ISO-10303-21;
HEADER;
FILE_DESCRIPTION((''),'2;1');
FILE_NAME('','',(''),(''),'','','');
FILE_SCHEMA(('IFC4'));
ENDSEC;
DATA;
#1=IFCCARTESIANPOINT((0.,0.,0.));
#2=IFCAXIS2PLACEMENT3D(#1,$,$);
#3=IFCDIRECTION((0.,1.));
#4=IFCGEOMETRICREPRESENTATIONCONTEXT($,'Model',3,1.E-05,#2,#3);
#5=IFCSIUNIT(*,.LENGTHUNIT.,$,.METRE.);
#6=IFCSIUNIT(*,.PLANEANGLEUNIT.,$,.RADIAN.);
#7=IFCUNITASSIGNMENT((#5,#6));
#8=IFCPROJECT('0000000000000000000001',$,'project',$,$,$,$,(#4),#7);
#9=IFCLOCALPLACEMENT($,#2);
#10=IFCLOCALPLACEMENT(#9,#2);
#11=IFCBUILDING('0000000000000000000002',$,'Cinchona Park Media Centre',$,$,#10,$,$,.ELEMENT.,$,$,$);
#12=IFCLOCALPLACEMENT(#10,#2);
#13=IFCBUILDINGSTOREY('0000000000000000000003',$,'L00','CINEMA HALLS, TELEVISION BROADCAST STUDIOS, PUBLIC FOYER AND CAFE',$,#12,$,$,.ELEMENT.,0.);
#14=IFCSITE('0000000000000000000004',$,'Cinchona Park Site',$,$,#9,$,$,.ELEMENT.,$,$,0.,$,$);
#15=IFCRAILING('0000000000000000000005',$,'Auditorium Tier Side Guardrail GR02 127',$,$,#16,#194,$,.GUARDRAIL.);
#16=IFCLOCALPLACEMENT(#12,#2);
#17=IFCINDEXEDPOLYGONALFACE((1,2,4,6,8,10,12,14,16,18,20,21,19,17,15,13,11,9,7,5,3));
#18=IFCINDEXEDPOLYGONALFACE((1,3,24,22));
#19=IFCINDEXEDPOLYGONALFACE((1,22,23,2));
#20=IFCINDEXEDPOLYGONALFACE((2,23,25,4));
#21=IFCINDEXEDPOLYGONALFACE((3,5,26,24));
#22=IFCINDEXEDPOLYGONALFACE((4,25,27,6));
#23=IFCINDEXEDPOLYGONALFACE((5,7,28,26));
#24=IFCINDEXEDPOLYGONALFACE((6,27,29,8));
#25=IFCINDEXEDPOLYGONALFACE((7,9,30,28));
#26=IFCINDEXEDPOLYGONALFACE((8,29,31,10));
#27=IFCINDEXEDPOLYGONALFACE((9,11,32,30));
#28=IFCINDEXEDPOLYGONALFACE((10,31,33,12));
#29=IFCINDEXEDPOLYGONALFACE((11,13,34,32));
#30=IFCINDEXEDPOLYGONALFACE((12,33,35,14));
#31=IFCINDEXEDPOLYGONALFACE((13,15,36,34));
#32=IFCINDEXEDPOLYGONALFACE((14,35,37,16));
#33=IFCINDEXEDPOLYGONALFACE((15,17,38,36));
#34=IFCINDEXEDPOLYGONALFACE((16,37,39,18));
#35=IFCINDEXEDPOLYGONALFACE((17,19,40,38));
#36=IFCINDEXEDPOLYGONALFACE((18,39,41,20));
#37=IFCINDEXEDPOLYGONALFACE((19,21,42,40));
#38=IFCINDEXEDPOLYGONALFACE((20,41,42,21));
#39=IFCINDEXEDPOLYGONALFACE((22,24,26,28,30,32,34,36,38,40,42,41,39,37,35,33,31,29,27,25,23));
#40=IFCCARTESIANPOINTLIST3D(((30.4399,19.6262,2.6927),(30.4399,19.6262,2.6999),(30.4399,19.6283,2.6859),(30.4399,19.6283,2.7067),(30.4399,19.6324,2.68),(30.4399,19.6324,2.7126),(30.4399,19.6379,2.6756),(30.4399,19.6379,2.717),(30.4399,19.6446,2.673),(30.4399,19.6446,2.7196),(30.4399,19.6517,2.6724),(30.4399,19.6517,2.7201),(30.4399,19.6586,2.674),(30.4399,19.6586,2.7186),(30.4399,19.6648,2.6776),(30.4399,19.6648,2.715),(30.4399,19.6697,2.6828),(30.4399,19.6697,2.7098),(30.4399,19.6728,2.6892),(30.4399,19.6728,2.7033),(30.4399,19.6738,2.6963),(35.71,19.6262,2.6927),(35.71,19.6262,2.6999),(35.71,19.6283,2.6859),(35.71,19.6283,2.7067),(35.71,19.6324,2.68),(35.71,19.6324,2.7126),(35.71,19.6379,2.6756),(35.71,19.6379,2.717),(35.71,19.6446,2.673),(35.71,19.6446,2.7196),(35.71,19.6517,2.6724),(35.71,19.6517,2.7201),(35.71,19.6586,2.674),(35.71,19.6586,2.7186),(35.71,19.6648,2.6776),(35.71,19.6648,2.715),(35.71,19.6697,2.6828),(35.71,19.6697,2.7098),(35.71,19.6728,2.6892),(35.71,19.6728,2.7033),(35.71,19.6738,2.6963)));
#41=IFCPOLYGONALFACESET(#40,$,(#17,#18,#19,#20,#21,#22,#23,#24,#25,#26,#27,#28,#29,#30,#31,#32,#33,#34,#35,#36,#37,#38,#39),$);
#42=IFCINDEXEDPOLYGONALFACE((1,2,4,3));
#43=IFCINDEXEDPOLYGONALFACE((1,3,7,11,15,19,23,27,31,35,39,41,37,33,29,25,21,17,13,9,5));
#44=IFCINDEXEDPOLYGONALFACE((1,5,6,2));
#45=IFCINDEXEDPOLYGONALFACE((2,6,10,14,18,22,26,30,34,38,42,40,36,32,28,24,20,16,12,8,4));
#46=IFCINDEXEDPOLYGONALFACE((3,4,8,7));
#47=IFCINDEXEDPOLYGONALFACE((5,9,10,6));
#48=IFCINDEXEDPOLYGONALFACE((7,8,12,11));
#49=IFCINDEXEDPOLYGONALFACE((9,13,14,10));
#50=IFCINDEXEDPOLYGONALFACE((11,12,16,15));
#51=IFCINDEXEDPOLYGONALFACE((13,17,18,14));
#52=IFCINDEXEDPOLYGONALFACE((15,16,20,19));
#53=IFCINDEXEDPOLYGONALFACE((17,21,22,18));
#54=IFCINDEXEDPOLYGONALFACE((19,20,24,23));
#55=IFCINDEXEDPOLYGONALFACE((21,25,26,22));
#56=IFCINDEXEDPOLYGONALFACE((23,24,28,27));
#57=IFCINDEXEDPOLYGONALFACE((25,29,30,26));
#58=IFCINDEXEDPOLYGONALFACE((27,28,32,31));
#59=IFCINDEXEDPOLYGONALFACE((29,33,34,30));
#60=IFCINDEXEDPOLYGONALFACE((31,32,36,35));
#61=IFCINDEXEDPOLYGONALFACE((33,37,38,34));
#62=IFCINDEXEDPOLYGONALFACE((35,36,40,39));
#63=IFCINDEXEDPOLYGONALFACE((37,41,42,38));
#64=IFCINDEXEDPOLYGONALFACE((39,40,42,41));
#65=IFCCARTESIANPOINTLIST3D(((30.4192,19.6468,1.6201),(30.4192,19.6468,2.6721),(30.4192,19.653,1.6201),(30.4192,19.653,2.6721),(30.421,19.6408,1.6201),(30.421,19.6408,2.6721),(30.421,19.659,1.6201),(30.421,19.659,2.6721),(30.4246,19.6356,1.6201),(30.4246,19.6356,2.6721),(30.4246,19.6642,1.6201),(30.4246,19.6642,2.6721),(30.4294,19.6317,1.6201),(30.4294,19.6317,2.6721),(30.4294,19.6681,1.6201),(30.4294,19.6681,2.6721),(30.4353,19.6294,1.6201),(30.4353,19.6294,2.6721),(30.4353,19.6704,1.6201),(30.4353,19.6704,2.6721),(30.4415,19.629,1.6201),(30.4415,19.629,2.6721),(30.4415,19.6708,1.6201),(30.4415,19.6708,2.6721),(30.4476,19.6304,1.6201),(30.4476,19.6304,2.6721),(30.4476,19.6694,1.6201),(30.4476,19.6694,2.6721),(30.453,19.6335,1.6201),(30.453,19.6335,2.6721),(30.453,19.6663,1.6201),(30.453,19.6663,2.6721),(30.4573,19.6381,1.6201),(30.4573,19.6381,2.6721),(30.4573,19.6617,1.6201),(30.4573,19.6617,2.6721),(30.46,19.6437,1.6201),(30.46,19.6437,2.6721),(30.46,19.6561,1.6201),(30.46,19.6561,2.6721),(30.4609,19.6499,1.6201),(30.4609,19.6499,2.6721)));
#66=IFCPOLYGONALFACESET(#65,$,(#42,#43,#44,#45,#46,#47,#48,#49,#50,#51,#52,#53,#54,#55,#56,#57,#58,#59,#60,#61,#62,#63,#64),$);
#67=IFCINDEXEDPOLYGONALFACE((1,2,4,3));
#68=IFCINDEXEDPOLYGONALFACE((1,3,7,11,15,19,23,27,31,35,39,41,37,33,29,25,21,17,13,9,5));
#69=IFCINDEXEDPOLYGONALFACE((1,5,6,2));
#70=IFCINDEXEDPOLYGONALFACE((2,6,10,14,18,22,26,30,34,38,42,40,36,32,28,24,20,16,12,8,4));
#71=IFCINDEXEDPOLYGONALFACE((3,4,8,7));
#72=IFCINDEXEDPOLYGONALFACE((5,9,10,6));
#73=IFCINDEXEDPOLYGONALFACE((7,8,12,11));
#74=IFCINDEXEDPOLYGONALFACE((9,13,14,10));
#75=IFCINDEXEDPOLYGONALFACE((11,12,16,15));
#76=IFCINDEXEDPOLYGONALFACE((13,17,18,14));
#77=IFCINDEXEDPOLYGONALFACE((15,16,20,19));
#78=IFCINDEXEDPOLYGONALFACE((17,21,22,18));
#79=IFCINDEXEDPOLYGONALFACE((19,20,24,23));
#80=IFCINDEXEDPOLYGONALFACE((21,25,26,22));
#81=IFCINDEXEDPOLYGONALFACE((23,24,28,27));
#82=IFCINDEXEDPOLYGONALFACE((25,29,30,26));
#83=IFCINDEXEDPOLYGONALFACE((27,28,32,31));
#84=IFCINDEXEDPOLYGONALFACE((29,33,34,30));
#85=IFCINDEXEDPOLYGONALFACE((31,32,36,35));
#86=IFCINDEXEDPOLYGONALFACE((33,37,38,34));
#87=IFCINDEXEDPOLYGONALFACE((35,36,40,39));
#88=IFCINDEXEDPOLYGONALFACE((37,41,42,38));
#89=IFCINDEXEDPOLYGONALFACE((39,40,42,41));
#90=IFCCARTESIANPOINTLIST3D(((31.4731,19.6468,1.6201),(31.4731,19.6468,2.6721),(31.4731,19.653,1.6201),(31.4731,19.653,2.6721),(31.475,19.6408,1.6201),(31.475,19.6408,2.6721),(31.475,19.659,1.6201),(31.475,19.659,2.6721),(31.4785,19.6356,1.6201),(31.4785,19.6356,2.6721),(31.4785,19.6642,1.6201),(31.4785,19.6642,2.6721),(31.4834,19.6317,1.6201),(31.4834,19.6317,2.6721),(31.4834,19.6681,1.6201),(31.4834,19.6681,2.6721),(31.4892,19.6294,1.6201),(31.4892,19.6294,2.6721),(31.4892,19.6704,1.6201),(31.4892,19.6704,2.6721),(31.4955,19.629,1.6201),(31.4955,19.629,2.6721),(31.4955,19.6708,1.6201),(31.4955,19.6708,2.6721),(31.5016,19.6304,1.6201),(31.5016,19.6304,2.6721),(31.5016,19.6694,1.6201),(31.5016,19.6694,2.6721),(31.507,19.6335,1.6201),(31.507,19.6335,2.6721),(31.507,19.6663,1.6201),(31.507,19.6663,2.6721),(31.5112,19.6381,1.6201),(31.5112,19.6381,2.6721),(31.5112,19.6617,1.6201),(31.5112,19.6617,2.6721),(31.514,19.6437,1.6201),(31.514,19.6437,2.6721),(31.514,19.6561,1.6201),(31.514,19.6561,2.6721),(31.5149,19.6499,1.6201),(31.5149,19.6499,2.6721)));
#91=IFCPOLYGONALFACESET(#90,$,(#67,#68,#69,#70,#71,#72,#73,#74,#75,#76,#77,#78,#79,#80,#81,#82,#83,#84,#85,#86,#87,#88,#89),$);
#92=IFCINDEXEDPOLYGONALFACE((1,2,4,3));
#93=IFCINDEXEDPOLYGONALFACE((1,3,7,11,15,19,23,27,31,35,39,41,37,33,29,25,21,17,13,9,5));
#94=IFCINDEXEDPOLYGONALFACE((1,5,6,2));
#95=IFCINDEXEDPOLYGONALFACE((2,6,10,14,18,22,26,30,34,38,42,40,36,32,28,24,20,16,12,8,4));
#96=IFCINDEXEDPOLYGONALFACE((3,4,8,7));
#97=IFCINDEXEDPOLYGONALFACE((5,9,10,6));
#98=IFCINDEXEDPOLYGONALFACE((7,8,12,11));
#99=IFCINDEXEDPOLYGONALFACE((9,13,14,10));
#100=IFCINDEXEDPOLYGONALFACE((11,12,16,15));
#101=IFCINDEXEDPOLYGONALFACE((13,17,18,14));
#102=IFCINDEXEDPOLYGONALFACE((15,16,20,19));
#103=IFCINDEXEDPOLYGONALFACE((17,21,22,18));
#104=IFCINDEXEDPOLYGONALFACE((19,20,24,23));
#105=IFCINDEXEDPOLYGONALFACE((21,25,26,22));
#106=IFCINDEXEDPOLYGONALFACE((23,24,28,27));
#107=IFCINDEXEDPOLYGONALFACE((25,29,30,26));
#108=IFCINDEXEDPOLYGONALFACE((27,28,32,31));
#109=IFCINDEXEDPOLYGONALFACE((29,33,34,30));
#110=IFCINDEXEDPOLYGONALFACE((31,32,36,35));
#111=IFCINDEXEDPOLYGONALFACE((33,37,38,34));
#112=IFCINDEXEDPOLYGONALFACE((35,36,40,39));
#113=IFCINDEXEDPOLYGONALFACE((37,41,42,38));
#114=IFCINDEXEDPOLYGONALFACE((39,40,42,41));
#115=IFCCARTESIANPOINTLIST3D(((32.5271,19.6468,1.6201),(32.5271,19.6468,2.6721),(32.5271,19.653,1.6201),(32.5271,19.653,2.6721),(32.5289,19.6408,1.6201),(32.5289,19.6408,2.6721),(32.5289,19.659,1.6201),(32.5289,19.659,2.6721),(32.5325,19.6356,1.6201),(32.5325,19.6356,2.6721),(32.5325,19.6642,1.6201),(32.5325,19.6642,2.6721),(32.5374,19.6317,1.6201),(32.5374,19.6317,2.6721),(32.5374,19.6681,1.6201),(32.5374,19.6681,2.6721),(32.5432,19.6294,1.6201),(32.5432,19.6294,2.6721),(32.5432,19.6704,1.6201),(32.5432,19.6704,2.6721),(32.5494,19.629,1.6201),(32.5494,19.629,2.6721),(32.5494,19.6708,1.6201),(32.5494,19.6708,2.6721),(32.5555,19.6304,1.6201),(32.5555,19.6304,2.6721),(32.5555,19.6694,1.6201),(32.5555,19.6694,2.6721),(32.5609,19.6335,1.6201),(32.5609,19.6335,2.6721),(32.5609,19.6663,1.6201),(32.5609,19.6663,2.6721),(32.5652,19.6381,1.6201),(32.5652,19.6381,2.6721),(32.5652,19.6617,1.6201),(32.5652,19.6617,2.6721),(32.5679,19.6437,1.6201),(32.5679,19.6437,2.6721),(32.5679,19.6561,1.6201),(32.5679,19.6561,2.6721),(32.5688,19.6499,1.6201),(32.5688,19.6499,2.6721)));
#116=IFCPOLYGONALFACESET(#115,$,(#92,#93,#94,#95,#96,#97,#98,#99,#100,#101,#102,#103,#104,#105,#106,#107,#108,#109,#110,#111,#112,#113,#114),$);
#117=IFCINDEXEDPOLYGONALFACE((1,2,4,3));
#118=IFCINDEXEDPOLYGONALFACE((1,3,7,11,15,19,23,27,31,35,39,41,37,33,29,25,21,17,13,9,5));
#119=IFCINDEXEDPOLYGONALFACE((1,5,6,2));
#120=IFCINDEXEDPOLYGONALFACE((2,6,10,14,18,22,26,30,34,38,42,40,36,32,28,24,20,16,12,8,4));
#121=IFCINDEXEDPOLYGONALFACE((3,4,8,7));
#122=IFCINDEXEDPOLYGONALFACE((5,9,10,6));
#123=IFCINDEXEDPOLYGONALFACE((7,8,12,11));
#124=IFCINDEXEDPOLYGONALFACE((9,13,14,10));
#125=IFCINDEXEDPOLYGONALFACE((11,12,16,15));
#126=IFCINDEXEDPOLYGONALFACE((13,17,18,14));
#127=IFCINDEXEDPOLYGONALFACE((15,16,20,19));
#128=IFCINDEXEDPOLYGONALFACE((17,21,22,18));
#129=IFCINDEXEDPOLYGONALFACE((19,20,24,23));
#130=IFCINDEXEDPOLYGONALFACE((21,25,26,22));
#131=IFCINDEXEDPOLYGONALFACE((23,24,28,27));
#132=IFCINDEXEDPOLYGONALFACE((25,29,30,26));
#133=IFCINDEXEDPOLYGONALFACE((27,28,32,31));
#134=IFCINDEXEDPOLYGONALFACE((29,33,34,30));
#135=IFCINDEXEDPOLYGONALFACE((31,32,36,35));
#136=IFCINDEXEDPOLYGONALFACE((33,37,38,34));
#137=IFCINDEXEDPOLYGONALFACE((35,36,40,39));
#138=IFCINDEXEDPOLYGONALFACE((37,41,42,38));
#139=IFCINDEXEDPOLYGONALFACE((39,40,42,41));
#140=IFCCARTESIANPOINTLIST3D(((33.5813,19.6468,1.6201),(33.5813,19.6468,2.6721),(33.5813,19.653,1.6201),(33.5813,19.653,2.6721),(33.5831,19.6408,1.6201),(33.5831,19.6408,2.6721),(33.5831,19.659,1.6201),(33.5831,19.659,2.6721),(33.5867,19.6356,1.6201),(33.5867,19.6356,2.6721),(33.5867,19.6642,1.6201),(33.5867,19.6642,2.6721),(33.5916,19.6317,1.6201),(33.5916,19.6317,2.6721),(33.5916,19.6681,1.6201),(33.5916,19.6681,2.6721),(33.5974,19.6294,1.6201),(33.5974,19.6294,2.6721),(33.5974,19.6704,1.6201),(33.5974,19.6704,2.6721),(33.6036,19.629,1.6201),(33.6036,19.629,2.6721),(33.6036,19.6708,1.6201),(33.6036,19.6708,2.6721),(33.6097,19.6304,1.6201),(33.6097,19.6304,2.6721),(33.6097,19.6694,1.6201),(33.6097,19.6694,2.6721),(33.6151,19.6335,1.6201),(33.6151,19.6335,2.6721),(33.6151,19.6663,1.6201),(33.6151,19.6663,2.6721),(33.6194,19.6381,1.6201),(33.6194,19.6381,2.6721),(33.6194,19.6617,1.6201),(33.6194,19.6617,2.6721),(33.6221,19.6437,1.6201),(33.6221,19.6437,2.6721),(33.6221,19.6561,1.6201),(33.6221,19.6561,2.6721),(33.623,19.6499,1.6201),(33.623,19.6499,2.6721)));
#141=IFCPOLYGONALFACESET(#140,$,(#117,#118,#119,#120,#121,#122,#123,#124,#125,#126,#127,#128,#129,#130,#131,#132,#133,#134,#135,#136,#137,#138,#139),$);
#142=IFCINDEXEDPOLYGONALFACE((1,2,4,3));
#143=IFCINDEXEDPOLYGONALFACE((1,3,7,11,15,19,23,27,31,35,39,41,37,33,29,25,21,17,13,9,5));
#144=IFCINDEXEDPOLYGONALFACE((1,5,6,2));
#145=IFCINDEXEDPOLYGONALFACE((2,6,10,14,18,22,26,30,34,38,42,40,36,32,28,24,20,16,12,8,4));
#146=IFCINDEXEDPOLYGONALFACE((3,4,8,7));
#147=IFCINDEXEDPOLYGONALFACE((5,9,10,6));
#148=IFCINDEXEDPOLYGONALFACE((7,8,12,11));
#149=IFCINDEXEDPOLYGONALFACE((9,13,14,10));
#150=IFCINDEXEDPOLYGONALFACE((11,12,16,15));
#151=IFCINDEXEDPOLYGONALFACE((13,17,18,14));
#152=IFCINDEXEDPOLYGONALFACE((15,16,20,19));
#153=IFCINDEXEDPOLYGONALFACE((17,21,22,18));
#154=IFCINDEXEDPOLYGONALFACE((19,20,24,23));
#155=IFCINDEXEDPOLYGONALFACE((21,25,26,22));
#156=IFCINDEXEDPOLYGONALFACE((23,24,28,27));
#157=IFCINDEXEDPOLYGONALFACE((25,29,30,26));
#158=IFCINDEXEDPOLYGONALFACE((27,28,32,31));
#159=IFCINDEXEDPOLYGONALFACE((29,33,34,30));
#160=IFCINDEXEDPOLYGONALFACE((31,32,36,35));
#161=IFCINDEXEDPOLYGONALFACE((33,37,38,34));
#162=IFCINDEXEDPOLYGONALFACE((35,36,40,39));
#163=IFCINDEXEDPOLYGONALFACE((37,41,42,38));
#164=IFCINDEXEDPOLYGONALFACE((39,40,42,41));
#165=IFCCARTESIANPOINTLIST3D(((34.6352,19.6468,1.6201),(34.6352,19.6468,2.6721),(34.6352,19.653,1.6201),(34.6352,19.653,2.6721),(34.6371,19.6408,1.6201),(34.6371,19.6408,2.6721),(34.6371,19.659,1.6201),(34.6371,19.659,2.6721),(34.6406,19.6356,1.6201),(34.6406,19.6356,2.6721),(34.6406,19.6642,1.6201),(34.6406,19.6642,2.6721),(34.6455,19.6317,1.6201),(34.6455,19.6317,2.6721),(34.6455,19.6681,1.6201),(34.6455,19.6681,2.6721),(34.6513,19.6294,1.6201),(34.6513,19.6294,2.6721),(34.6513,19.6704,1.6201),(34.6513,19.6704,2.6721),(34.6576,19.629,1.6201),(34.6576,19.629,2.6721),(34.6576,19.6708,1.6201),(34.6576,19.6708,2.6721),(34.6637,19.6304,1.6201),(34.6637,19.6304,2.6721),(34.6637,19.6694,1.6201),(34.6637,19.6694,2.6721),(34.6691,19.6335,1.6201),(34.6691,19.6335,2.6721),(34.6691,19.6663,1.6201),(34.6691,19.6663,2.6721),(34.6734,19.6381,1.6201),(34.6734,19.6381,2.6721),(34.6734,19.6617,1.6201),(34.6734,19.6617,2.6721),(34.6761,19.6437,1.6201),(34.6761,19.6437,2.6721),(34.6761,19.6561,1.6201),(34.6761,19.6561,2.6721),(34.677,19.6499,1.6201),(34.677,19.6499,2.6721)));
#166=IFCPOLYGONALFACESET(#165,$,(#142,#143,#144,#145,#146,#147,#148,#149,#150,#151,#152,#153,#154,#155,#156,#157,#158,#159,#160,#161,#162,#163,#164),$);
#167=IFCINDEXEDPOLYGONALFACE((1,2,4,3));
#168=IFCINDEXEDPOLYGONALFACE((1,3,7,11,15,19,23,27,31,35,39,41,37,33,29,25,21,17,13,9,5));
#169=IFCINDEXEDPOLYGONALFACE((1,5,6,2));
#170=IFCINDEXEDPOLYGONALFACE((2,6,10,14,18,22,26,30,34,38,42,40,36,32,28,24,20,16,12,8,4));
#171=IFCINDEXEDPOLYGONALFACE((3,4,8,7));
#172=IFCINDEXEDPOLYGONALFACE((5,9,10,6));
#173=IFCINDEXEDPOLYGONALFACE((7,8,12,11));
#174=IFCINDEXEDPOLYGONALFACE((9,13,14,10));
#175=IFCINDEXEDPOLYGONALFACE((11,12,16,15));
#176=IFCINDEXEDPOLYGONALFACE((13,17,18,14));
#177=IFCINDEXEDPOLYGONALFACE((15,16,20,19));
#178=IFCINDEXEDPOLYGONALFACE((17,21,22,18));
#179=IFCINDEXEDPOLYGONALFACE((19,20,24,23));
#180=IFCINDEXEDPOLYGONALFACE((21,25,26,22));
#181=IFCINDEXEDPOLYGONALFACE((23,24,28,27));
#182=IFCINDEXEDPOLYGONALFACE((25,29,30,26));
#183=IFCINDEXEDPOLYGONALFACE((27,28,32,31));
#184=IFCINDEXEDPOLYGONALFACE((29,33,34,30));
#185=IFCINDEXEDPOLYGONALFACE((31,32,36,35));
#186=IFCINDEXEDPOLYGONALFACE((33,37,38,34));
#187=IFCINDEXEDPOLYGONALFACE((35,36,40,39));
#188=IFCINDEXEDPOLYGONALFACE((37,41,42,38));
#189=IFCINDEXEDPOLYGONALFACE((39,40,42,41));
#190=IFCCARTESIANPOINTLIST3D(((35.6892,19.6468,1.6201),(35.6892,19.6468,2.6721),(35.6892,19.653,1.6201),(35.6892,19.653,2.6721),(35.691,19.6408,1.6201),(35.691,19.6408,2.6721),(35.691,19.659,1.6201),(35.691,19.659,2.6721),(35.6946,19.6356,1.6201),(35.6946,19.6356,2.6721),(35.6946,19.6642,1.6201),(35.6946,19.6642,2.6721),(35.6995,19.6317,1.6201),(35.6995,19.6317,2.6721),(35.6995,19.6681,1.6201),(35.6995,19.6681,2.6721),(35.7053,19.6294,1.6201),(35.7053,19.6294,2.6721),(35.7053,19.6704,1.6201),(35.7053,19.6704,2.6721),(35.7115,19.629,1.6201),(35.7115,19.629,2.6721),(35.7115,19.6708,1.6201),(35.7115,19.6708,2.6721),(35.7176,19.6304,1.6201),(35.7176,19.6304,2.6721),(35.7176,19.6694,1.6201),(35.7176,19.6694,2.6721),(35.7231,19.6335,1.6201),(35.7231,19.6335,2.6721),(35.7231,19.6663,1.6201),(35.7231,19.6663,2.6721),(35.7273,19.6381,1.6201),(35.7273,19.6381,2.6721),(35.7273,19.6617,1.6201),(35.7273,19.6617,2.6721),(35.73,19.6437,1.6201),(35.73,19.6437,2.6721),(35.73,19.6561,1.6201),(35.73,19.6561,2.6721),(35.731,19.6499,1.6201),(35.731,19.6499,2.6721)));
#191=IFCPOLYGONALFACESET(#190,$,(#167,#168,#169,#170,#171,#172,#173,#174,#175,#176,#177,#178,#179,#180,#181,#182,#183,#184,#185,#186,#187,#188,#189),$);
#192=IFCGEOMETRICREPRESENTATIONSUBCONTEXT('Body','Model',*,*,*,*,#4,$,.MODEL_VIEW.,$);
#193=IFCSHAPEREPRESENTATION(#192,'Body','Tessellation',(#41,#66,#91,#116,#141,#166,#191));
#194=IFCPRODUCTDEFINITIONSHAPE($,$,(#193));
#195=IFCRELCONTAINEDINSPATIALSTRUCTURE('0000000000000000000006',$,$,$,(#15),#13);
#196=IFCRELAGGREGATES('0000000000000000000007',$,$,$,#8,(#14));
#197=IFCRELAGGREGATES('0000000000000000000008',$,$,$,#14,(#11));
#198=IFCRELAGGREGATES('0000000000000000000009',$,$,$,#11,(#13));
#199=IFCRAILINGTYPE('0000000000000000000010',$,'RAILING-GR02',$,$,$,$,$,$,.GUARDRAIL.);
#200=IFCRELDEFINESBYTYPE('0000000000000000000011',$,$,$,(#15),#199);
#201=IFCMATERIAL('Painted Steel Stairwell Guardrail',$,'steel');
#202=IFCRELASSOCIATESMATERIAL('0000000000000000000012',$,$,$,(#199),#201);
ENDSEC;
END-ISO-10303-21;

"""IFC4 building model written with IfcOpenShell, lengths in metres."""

from ifc_helpers import new_model, si_unit, direction, frame, origin, origin_2d, place, context, subcontext, project, spatial, circle, extrude, material, type_object, element, save


model = new_model("IFC4")

# Units and contexts
model_context = context("Model", 3, precision=1e-05, world=origin(), true_north=direction((0.0, 1.0)))
body_context = subcontext(model_context, "Body", "Model", "MODEL_VIEW")
ifc_project = project(units=[si_unit("LENGTHUNIT", "METRE"), si_unit("PLANEANGLEUNIT", "RADIAN")], contexts=[model_context])

# Site, building, storey
site_placement = place(None, origin())
site = spatial("IfcSite", under=ifc_project, at=site_placement, Name="Cinchona Park Site", CompositionType="ELEMENT", RefElevation=0.0)
building_placement = place(site_placement, origin())
building = spatial("IfcBuilding", under=site, at=building_placement, Name="Cinchona Park Media Centre", CompositionType="ELEMENT")
storey_placement = place(building_placement, origin())
storey = spatial("IfcBuildingStorey", under=building, at=storey_placement, Name="L00", Description="CINEMA HALLS, TELEVISION BROADCAST STUDIOS, PUBLIC FOYER AND CAFE", CompositionType="ELEMENT", Elevation=0.0)

# Railing
ifc_material_1 = material(Name="Painted Steel Stairwell Guardrail", Category="steel")
railing_type_1 = type_object("IfcRailingType", Name="RAILING-GR02", PredefinedType="GUARDRAIL", material=ifc_material_1)
railing_1_placement = place(storey_placement, frame((30.4399, 19.6499, 1.6201)))
element("IfcRailing", 1, at=railing_1_placement, inside=storey, type_object=railing_type_1, Name="Auditorium Tier Side Guardrail GR02 127", PredefinedType="GUARDRAIL", context=body_context, shape_type="SweptSolid", body=[
    extrude(circle(Radius=0.0239, at=origin_2d()), frame((0.0, 0.0, 1.0762), z_axis=(1.0, 0.0, 0.0), x_axis=(0.0, 1.0, 0.0)), (0.0, 0.0, 1.0), 5.27),
    extrude(circle(Radius=0.021, at=origin_2d()), origin(), (0.0, 0.0, 1.0), 1.052),
    extrude(circle(Radius=0.021, at=origin_2d()), frame((1.054, 0.0, 0.0)), (0.0, 0.0, 1.0), 1.052),
    extrude(circle(Radius=0.021, at=origin_2d()), frame((2.1079, 0.0, 0.0)), (0.0, 0.0, 1.0), 1.052),
    extrude(circle(Radius=0.021, at=origin_2d()), frame((3.1621, 0.0, 0.0)), (0.0, 0.0, 1.0), 1.052),
    extrude(circle(Radius=0.021, at=origin_2d()), frame((4.2161, 0.0, 0.0)), (0.0, 0.0, 1.0), 1.052),
    extrude(circle(Radius=0.021, at=origin_2d()), frame((5.27, 0.0, 0.0)), (0.0, 0.0, 1.0), 1.052),
])

save(model, "model.ifc")
